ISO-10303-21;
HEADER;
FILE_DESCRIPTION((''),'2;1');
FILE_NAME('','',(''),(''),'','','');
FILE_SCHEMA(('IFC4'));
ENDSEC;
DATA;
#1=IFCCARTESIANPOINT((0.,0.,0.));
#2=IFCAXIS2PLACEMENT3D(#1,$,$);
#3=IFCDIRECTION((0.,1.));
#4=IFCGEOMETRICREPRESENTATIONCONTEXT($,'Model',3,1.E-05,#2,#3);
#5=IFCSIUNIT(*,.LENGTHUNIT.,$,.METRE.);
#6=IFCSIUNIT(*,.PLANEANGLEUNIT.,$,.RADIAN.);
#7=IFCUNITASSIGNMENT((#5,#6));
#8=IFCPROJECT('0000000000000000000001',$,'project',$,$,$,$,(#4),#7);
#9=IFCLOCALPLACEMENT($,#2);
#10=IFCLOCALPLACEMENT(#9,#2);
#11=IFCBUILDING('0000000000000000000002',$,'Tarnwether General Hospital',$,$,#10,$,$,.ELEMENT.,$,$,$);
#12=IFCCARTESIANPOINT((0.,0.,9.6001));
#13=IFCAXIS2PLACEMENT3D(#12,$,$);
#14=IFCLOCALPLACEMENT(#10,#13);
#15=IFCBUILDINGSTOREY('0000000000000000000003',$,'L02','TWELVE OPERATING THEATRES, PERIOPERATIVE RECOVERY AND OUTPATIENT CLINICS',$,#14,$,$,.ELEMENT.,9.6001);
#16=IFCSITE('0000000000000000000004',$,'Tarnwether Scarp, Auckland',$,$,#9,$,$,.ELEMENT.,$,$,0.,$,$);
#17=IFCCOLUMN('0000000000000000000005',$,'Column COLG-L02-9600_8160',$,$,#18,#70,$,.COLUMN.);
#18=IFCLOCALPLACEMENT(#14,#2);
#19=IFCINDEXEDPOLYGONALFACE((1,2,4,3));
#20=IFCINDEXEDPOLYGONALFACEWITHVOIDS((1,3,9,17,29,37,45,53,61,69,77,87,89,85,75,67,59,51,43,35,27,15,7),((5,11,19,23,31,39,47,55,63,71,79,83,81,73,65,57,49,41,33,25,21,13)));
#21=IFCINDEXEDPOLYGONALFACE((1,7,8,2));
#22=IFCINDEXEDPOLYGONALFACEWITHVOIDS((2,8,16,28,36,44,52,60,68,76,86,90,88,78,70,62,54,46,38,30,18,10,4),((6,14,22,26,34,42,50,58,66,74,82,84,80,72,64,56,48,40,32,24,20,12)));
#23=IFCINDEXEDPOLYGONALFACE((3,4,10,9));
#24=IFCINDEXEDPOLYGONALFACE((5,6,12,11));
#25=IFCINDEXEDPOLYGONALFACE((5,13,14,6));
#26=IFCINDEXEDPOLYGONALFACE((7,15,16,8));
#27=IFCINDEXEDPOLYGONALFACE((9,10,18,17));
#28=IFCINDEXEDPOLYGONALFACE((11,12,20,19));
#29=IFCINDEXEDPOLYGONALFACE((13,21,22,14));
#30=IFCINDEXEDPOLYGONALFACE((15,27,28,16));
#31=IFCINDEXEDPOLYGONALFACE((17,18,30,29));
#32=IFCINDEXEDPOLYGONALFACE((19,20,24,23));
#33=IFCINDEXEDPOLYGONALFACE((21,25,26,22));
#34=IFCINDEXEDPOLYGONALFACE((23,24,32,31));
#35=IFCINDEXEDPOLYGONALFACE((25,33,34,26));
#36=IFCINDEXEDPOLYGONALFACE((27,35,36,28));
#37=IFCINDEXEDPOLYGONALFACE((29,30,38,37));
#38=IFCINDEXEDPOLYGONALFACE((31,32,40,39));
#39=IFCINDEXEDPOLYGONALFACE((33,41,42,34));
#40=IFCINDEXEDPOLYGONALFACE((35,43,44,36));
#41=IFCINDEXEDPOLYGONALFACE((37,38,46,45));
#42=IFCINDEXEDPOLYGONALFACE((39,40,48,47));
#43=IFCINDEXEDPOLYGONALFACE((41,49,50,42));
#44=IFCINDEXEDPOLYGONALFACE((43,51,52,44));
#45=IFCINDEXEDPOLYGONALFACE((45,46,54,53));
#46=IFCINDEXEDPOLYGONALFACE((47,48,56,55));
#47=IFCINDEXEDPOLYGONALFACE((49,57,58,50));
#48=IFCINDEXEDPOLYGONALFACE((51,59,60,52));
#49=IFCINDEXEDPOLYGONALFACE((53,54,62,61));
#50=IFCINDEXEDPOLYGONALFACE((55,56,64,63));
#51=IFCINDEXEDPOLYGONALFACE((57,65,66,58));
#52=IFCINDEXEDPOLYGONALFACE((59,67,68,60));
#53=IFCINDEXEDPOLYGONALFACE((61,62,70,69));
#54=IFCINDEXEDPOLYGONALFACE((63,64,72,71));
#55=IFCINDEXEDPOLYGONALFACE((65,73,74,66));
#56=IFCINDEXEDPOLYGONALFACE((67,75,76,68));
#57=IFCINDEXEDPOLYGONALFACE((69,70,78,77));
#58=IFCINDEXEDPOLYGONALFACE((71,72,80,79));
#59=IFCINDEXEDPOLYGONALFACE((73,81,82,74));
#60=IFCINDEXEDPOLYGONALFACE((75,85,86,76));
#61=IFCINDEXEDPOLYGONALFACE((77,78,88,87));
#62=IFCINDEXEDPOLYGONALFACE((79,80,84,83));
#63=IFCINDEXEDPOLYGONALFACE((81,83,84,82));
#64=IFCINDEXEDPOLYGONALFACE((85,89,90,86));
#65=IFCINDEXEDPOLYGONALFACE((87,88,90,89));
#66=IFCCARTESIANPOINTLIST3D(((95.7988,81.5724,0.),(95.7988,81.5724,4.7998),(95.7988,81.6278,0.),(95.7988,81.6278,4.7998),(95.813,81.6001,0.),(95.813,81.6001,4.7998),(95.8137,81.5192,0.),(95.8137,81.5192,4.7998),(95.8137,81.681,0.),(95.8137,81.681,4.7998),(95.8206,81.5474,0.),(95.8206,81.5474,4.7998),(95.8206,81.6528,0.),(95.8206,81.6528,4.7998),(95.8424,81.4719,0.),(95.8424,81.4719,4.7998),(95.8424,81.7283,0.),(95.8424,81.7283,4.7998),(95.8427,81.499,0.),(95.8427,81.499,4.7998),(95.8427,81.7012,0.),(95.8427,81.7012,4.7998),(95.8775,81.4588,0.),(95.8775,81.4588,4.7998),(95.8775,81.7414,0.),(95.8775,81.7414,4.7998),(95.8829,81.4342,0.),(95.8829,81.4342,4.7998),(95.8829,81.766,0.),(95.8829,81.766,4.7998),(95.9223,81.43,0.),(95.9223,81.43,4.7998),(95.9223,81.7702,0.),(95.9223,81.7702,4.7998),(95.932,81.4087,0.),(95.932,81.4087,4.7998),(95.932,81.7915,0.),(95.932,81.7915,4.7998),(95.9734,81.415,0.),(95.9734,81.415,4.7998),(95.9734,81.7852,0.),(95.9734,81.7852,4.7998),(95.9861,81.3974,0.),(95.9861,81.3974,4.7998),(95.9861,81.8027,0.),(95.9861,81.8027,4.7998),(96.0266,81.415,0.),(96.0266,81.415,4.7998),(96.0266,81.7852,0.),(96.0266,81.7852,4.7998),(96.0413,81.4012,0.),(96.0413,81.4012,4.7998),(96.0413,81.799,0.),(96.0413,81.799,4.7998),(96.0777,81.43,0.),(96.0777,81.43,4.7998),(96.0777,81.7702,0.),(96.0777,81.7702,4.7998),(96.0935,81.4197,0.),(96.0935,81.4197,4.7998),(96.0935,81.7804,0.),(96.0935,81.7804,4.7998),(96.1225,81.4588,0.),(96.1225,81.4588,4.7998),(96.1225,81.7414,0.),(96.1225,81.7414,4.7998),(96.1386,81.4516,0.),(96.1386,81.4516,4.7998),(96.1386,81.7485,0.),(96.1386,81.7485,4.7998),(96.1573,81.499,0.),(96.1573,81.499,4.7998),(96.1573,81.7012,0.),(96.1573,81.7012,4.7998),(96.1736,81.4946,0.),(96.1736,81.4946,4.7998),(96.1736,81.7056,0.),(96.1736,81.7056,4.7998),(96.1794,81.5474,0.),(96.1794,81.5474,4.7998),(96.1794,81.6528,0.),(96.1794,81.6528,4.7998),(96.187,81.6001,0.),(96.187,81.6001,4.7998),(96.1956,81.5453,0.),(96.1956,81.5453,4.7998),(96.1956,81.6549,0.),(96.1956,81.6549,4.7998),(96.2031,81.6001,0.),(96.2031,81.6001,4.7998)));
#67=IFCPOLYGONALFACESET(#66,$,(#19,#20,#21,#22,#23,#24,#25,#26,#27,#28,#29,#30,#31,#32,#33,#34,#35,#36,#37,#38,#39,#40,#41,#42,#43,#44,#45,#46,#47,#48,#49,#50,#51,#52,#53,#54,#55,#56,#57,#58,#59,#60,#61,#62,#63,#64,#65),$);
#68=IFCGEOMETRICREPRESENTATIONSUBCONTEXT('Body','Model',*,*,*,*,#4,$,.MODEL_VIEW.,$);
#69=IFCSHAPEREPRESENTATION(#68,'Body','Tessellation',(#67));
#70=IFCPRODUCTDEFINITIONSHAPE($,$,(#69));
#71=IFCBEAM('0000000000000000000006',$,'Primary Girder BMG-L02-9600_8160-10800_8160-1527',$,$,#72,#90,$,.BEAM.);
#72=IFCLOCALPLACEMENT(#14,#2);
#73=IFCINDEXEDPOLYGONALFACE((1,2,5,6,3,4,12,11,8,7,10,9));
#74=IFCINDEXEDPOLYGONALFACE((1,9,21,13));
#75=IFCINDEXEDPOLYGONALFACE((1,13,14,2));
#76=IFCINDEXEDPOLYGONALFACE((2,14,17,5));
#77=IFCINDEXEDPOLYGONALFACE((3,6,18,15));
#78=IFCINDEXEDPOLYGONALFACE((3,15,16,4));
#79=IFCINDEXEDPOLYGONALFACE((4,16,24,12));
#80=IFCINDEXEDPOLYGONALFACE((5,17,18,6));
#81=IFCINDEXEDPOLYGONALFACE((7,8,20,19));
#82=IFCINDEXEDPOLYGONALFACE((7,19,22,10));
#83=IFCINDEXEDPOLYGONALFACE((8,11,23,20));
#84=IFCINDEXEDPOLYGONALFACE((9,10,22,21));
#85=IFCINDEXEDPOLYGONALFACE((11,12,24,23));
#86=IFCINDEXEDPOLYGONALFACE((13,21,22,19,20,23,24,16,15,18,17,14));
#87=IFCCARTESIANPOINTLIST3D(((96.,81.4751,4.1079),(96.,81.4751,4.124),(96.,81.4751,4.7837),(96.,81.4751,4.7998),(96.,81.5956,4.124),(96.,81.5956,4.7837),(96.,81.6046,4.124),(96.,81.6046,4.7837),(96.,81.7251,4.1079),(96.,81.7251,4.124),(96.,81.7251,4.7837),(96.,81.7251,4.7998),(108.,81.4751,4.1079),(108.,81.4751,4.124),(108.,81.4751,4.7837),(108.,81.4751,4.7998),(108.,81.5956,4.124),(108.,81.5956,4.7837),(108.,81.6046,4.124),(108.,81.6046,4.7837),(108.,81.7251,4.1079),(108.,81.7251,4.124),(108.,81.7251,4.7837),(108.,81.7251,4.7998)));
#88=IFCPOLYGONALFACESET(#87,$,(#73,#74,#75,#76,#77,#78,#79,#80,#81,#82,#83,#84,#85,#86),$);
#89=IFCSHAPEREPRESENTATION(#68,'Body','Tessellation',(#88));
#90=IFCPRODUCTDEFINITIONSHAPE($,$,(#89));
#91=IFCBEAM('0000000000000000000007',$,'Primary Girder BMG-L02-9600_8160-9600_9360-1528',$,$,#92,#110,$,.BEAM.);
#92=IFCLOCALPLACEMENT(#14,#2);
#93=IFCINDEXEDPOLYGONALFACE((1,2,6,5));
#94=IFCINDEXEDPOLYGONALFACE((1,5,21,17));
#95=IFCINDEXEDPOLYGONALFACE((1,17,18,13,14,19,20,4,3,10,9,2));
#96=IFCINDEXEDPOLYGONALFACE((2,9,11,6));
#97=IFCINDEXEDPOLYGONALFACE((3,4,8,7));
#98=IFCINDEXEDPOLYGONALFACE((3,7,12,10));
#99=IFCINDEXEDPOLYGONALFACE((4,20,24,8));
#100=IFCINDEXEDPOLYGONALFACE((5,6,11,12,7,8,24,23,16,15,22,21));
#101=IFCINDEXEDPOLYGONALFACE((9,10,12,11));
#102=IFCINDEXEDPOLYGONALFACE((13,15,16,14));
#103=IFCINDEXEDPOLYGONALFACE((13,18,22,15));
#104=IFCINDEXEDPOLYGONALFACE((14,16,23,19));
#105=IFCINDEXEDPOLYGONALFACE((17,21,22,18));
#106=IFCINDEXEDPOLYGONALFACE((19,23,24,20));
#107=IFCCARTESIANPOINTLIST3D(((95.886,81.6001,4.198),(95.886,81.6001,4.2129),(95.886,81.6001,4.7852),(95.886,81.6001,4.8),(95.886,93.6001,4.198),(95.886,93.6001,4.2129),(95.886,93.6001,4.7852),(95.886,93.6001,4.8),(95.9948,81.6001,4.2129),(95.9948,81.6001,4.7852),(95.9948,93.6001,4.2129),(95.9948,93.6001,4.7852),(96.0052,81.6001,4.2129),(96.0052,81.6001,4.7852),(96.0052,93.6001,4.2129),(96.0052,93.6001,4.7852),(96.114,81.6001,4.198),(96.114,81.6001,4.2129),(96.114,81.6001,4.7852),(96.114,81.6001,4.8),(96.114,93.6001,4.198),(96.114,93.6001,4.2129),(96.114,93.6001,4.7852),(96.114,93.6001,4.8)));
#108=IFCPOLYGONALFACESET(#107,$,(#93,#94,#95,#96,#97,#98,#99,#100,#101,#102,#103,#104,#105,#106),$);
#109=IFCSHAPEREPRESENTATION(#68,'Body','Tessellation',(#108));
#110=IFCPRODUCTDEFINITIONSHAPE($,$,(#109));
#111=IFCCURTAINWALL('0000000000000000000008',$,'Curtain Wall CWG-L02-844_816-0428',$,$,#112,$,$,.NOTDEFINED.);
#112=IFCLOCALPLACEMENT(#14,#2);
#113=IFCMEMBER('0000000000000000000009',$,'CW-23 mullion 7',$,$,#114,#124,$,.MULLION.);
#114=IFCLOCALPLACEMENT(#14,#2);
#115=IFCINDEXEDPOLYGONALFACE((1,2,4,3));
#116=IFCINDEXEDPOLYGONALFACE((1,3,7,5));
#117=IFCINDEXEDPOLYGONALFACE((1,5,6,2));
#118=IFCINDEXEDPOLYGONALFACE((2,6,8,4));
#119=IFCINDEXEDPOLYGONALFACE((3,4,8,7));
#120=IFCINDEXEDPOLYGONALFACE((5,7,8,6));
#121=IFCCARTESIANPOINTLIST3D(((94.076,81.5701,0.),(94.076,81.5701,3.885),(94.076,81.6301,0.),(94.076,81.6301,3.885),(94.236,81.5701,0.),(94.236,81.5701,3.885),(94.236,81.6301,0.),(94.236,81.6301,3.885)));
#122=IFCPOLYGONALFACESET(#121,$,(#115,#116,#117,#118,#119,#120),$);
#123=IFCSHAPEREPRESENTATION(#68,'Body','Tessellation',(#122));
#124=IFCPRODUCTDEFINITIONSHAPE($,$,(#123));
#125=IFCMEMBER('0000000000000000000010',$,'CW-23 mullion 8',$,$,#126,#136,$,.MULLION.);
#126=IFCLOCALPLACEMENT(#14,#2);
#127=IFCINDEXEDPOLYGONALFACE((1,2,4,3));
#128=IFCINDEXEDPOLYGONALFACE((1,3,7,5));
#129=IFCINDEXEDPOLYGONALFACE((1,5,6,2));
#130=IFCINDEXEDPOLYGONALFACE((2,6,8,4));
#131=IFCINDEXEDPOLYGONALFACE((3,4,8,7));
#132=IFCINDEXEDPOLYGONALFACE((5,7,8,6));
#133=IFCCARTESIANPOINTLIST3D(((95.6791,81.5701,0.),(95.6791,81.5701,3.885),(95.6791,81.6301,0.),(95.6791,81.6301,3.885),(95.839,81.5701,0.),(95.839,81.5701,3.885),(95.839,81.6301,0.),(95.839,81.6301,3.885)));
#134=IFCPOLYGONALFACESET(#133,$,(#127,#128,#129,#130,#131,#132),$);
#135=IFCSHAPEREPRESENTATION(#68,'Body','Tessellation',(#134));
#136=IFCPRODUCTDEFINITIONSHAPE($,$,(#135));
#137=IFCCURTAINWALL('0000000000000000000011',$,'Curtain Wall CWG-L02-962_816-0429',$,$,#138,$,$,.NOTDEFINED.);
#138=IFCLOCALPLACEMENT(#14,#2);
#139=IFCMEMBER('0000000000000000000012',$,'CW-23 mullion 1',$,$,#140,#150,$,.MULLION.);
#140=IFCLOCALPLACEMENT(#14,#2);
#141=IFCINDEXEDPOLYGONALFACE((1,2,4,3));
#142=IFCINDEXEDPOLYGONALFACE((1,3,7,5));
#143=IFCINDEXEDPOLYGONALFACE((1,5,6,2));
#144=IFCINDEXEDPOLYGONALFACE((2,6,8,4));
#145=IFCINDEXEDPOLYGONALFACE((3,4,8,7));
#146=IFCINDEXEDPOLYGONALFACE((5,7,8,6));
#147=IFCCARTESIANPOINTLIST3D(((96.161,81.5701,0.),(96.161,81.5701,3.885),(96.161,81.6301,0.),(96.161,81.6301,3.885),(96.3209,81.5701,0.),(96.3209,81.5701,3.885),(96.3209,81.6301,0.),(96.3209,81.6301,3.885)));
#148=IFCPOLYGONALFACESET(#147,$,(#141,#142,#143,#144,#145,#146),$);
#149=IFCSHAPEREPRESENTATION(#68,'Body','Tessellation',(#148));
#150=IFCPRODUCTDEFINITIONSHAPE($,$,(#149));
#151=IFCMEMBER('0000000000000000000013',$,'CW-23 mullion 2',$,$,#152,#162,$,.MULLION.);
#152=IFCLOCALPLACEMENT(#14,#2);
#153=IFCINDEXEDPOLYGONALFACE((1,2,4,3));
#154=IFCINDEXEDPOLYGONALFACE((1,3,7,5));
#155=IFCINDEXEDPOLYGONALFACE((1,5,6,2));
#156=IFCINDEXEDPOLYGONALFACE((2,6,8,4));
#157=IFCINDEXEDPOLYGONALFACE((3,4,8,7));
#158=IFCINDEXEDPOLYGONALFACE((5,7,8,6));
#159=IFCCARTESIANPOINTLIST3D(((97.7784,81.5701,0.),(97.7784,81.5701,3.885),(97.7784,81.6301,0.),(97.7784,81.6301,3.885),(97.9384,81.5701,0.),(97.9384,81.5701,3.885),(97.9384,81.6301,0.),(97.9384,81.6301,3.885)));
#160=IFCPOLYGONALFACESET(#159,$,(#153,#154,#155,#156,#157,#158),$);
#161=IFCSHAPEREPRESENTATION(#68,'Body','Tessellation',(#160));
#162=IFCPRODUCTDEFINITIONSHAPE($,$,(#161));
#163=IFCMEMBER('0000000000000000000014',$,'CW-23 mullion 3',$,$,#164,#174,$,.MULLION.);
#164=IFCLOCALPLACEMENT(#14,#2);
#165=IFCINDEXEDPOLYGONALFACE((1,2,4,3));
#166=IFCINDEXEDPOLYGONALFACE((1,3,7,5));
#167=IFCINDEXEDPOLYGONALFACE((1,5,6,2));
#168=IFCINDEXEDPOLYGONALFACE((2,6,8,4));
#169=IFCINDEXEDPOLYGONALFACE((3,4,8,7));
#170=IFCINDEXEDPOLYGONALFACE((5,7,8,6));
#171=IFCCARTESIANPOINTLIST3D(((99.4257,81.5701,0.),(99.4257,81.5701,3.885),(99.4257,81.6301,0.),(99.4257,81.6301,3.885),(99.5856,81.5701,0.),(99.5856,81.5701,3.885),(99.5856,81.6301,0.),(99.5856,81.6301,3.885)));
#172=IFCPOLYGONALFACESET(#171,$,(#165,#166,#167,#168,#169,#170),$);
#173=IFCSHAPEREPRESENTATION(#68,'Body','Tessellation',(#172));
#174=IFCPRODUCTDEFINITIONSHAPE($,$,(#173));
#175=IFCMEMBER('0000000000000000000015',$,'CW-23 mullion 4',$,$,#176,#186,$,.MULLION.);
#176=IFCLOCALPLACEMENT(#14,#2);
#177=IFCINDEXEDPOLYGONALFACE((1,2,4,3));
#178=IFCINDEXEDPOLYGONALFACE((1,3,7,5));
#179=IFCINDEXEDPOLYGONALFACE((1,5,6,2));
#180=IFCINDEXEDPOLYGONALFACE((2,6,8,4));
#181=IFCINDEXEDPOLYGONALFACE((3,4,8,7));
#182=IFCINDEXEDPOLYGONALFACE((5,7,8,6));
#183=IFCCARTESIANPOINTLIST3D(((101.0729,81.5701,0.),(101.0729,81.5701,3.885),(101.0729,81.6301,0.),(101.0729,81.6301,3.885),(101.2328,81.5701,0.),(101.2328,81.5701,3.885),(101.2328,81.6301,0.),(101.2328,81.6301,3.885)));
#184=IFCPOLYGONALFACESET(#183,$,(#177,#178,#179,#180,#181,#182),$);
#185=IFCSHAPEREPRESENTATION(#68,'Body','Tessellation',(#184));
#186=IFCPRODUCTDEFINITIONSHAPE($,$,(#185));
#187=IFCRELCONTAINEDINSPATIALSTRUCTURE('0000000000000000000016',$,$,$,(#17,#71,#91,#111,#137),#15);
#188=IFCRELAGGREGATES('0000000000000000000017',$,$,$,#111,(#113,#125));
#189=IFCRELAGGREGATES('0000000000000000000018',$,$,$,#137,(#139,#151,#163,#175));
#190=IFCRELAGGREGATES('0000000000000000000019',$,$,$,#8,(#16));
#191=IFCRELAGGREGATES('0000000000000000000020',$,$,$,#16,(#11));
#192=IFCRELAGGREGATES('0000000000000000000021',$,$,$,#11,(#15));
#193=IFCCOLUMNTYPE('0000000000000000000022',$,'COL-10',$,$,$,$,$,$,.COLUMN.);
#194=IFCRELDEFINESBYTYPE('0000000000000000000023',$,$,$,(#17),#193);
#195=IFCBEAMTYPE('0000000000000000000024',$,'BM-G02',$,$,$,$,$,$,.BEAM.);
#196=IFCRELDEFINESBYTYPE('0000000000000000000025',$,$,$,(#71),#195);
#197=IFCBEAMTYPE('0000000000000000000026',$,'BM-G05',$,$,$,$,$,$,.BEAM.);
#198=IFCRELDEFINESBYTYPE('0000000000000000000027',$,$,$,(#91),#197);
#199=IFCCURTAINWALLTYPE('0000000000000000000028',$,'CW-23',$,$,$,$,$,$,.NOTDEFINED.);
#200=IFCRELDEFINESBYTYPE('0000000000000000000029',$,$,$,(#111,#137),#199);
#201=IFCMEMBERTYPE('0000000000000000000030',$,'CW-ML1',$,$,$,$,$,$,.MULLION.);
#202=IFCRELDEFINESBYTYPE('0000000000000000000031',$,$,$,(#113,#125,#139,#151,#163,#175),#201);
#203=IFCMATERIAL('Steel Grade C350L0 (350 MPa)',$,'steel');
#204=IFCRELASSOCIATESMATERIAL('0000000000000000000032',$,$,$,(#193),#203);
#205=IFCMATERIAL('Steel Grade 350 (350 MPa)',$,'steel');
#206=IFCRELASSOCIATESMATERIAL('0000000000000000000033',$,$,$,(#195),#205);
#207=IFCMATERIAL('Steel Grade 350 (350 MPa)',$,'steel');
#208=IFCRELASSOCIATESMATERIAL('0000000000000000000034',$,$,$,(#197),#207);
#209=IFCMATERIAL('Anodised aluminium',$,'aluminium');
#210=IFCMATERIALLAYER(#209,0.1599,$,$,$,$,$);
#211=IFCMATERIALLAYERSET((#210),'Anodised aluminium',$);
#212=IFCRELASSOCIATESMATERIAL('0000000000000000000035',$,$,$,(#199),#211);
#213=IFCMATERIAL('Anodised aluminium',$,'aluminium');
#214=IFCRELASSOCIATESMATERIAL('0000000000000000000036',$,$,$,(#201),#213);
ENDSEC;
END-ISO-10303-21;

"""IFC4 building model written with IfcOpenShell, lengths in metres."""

from ifc_helpers import new_model, si_unit, direction, frame, origin, origin_2d, place, context, subcontext, project, spatial, rectangle, hollow_circle, i_section, extrude, material, layer, layer_set, material_profile, profile_set, type_object, element, aggregate, save


model = new_model("IFC4")

# Units and contexts
model_context = context("Model", 3, precision=1e-05, world=origin(), true_north=direction((0.0, 1.0)))
body_context = subcontext(model_context, "Body", "Model", "MODEL_VIEW")
ifc_project = project(units=[si_unit("LENGTHUNIT", "METRE"), si_unit("PLANEANGLEUNIT", "RADIAN")], contexts=[model_context])

# Site, building, storey
site_placement = place(None, origin())
site = spatial("IfcSite", under=ifc_project, at=site_placement, Name="Tarnwether Scarp, Auckland", CompositionType="ELEMENT", RefElevation=0.0)
building_placement = place(site_placement, origin())
building = spatial("IfcBuilding", under=site, at=building_placement, Name="Tarnwether General Hospital", CompositionType="ELEMENT")
storey_placement = place(building_placement, frame((0.0, 0.0, 9.6001)))
storey = spatial("IfcBuildingStorey", under=building, at=storey_placement, Name="L02", Description="TWELVE OPERATING THEATRES, PERIOPERATIVE RECOVERY AND OUTPATIENT CLINICS", CompositionType="ELEMENT", Elevation=9.6001)

# Column
ifc_material_1 = material(Name="Steel Grade C350L0 (350 MPa)", Category="steel")
ifc_material_profile_1 = material_profile(ifc_material_1, hollow_circle(Radius=0.2031, WallThickness=0.0161, at=origin_2d()), Name="CHS406.4x16.0")
ifc_profile_set_1 = profile_set([ifc_material_profile_1], Name="Steel Grade C350L0 (350 MPa)")
column_type = type_object("IfcColumnType", Name="COL-10", PredefinedType="COLUMN", material=ifc_profile_set_1)
column_placement = place(storey_placement, frame((96.0, 81.6001, 0.0), z_axis=(0.0, 0.0, 1.0), x_axis=(1.0, 0.0, 0.0)))
element("IfcColumn", 1, at=column_placement, inside=storey, type_object=column_type, Name="Column COLG-L02-9600_8160", PredefinedType="COLUMN", context=body_context, shape_type="SweptSolid", body=[
    extrude(hollow_circle(Radius=0.2031, WallThickness=0.0161, at=origin_2d()), origin(), (0.0, 0.0, 1.0), 4.7998),
])

# Beams
ifc_material_2 = material(Name="Steel Grade 350 (350 MPa)", Category="steel")
ifc_material_profile_2 = material_profile(ifc_material_2, i_section(OverallWidth=0.25, OverallDepth=0.6919, WebThickness=0.009, FlangeThickness=0.0161, at=origin_2d()), Name="700WB115")
ifc_profile_set_2 = profile_set([ifc_material_profile_2], Name="Steel Grade 350 (350 MPa)")
beam_type_1 = type_object("IfcBeamType", Name="BM-G02", PredefinedType="BEAM", material=ifc_profile_set_2)
beam_1_placement = place(storey_placement, frame((96.0, 81.6001, 4.4539), z_axis=(1.0, 0.0, 0.0), x_axis=(0.0, 1.0, 0.0)))
element("IfcBeam", 2, at=beam_1_placement, inside=storey, type_object=beam_type_1, Name="Primary Girder BMG-L02-9600_8160-10800_8160-1527", PredefinedType="BEAM", context=body_context, shape_type="SweptSolid", body=[
    extrude(i_section(OverallWidth=0.25, OverallDepth=0.6919, WebThickness=0.009, FlangeThickness=0.0161, at=origin_2d()), origin(), (0.0, 0.0, 1.0), 12.0),
])
ifc_material_3 = material(Name="Steel Grade 350 (350 MPa)", Category="steel")
ifc_material_profile_3 = material_profile(ifc_material_3, i_section(OverallWidth=0.228, OverallDepth=0.6021, WebThickness=0.0105, FlangeThickness=0.0149, at=origin_2d()), Name="610UB101")
ifc_profile_set_3 = profile_set([ifc_material_profile_3], Name="Steel Grade 350 (350 MPa)")
beam_type_2 = type_object("IfcBeamType", Name="BM-G05", PredefinedType="BEAM", material=ifc_profile_set_3)
beam_2_placement = place(storey_placement, frame((96.0, 81.6001, 4.499), z_axis=(0.0, 1.0, 0.0), x_axis=(-1.0, 0.0, 0.0)))
element("IfcBeam", 3, at=beam_2_placement, inside=storey, type_object=beam_type_2, Name="Primary Girder BMG-L02-9600_8160-9600_9360-1528", PredefinedType="BEAM", context=body_context, shape_type="SweptSolid", body=[
    extrude(i_section(OverallWidth=0.228, OverallDepth=0.6021, WebThickness=0.0105, FlangeThickness=0.0149, at=origin_2d()), origin(), (0.0, 0.0, 1.0), 12.0),
])

# Curtain walls, members
ifc_material_4 = material(Name="Anodised aluminium", Category="aluminium")
ifc_layer_1 = layer(ifc_material_4, 0.1599)
ifc_layer_set_1 = layer_set([ifc_layer_1], Name="Anodised aluminium")
curtain_wall_type = type_object("IfcCurtainWallType", Name="CW-23", PredefinedType="NOTDEFINED", material=ifc_layer_set_1)
curtain_wall_1_placement = place(storey_placement, origin())
curtain_wall_1 = element("IfcCurtainWall", 4, at=curtain_wall_1_placement, inside=storey, type_object=curtain_wall_type, Name="Curtain Wall CWG-L02-844_816-0428", PredefinedType="NOTDEFINED")
ifc_material_5 = material(Name="Anodised aluminium", Category="aluminium")
ifc_material_profile_4 = material_profile(ifc_material_5, rectangle(XDim=0.0601, YDim=0.1599, at=origin_2d()), Name="ALU-MUL-60x160")
ifc_profile_set_4 = profile_set([ifc_material_profile_4], Name="Anodised aluminium")
member_type_1 = type_object("IfcMemberType", Name="CW-ML1", PredefinedType="MULLION", material=ifc_profile_set_4)
member_1_placement = place(storey_placement, frame((94.156, 81.6001, 0.0), z_axis=(0.0, 0.0, 1.0), x_axis=(0.0, 1.0, 0.0)))
member_1 = element("IfcMember", 5, at=member_1_placement, type_object=member_type_1, Name="CW-23 mullion 7", PredefinedType="MULLION", context=body_context, shape_type="SweptSolid", body=[
    extrude(rectangle(XDim=0.0601, YDim=0.1599, at=origin_2d()), origin(), (0.0, 0.0, 1.0), 3.885),
])
member_2_placement = place(storey_placement, frame((95.759, 81.6001, 0.0), z_axis=(0.0, 0.0, 1.0), x_axis=(0.0, 1.0, 0.0)))
member_2 = element("IfcMember", 6, at=member_2_placement, type_object=member_type_1, Name="CW-23 mullion 8", PredefinedType="MULLION", context=body_context, shape_type="SweptSolid", body=[
    extrude(rectangle(XDim=0.0601, YDim=0.1599, at=origin_2d()), origin(), (0.0, 0.0, 1.0), 3.885),
])
curtain_wall_2_placement = place(storey_placement, origin())
curtain_wall_2 = element("IfcCurtainWall", 7, at=curtain_wall_2_placement, inside=storey, type_object=curtain_wall_type, Name="Curtain Wall CWG-L02-962_816-0429", PredefinedType="NOTDEFINED")
member_3_placement = place(storey_placement, frame((96.241, 81.6001, 0.0), z_axis=(0.0, 0.0, 1.0), x_axis=(0.0, 1.0, 0.0)))
member_3 = element("IfcMember", 8, at=member_3_placement, type_object=member_type_1, Name="CW-23 mullion 1", PredefinedType="MULLION", context=body_context, shape_type="SweptSolid", body=[
    extrude(rectangle(XDim=0.0601, YDim=0.1599, at=origin_2d()), origin(), (0.0, 0.0, 1.0), 3.885),
])
member_4_placement = place(storey_placement, frame((97.8584, 81.6001, 0.0), z_axis=(0.0, 0.0, 1.0), x_axis=(0.0, 1.0, 0.0)))
member_4 = element("IfcMember", 9, at=member_4_placement, type_object=member_type_1, Name="CW-23 mullion 2", PredefinedType="MULLION", context=body_context, shape_type="SweptSolid", body=[
    extrude(rectangle(XDim=0.0601, YDim=0.1599, at=origin_2d()), origin(), (0.0, 0.0, 1.0), 3.885),
])
member_5_placement = place(storey_placement, frame((99.5056, 81.6001, 0.0), z_axis=(0.0, 0.0, 1.0), x_axis=(0.0, 1.0, 0.0)))
member_5 = element("IfcMember", 10, at=member_5_placement, type_object=member_type_1, Name="CW-23 mullion 3", PredefinedType="MULLION", context=body_context, shape_type="SweptSolid", body=[
    extrude(rectangle(XDim=0.0601, YDim=0.1599, at=origin_2d()), origin(), (0.0, 0.0, 1.0), 3.885),
])
member_6_placement = place(storey_placement, frame((101.1528, 81.6001, 0.0), z_axis=(0.0, 0.0, 1.0), x_axis=(0.0, 1.0, 0.0)))
member_6 = element("IfcMember", 11, at=member_6_placement, type_object=member_type_1, Name="CW-23 mullion 4", PredefinedType="MULLION", context=body_context, shape_type="SweptSolid", body=[
    extrude(rectangle(XDim=0.0601, YDim=0.1599, at=origin_2d()), origin(), (0.0, 0.0, 1.0), 3.885),
])

aggregate(curtain_wall_1, [member_1, member_2])
aggregate(curtain_wall_2, [member_3, member_4, member_5, member_6])

save(model, "model.ifc")
